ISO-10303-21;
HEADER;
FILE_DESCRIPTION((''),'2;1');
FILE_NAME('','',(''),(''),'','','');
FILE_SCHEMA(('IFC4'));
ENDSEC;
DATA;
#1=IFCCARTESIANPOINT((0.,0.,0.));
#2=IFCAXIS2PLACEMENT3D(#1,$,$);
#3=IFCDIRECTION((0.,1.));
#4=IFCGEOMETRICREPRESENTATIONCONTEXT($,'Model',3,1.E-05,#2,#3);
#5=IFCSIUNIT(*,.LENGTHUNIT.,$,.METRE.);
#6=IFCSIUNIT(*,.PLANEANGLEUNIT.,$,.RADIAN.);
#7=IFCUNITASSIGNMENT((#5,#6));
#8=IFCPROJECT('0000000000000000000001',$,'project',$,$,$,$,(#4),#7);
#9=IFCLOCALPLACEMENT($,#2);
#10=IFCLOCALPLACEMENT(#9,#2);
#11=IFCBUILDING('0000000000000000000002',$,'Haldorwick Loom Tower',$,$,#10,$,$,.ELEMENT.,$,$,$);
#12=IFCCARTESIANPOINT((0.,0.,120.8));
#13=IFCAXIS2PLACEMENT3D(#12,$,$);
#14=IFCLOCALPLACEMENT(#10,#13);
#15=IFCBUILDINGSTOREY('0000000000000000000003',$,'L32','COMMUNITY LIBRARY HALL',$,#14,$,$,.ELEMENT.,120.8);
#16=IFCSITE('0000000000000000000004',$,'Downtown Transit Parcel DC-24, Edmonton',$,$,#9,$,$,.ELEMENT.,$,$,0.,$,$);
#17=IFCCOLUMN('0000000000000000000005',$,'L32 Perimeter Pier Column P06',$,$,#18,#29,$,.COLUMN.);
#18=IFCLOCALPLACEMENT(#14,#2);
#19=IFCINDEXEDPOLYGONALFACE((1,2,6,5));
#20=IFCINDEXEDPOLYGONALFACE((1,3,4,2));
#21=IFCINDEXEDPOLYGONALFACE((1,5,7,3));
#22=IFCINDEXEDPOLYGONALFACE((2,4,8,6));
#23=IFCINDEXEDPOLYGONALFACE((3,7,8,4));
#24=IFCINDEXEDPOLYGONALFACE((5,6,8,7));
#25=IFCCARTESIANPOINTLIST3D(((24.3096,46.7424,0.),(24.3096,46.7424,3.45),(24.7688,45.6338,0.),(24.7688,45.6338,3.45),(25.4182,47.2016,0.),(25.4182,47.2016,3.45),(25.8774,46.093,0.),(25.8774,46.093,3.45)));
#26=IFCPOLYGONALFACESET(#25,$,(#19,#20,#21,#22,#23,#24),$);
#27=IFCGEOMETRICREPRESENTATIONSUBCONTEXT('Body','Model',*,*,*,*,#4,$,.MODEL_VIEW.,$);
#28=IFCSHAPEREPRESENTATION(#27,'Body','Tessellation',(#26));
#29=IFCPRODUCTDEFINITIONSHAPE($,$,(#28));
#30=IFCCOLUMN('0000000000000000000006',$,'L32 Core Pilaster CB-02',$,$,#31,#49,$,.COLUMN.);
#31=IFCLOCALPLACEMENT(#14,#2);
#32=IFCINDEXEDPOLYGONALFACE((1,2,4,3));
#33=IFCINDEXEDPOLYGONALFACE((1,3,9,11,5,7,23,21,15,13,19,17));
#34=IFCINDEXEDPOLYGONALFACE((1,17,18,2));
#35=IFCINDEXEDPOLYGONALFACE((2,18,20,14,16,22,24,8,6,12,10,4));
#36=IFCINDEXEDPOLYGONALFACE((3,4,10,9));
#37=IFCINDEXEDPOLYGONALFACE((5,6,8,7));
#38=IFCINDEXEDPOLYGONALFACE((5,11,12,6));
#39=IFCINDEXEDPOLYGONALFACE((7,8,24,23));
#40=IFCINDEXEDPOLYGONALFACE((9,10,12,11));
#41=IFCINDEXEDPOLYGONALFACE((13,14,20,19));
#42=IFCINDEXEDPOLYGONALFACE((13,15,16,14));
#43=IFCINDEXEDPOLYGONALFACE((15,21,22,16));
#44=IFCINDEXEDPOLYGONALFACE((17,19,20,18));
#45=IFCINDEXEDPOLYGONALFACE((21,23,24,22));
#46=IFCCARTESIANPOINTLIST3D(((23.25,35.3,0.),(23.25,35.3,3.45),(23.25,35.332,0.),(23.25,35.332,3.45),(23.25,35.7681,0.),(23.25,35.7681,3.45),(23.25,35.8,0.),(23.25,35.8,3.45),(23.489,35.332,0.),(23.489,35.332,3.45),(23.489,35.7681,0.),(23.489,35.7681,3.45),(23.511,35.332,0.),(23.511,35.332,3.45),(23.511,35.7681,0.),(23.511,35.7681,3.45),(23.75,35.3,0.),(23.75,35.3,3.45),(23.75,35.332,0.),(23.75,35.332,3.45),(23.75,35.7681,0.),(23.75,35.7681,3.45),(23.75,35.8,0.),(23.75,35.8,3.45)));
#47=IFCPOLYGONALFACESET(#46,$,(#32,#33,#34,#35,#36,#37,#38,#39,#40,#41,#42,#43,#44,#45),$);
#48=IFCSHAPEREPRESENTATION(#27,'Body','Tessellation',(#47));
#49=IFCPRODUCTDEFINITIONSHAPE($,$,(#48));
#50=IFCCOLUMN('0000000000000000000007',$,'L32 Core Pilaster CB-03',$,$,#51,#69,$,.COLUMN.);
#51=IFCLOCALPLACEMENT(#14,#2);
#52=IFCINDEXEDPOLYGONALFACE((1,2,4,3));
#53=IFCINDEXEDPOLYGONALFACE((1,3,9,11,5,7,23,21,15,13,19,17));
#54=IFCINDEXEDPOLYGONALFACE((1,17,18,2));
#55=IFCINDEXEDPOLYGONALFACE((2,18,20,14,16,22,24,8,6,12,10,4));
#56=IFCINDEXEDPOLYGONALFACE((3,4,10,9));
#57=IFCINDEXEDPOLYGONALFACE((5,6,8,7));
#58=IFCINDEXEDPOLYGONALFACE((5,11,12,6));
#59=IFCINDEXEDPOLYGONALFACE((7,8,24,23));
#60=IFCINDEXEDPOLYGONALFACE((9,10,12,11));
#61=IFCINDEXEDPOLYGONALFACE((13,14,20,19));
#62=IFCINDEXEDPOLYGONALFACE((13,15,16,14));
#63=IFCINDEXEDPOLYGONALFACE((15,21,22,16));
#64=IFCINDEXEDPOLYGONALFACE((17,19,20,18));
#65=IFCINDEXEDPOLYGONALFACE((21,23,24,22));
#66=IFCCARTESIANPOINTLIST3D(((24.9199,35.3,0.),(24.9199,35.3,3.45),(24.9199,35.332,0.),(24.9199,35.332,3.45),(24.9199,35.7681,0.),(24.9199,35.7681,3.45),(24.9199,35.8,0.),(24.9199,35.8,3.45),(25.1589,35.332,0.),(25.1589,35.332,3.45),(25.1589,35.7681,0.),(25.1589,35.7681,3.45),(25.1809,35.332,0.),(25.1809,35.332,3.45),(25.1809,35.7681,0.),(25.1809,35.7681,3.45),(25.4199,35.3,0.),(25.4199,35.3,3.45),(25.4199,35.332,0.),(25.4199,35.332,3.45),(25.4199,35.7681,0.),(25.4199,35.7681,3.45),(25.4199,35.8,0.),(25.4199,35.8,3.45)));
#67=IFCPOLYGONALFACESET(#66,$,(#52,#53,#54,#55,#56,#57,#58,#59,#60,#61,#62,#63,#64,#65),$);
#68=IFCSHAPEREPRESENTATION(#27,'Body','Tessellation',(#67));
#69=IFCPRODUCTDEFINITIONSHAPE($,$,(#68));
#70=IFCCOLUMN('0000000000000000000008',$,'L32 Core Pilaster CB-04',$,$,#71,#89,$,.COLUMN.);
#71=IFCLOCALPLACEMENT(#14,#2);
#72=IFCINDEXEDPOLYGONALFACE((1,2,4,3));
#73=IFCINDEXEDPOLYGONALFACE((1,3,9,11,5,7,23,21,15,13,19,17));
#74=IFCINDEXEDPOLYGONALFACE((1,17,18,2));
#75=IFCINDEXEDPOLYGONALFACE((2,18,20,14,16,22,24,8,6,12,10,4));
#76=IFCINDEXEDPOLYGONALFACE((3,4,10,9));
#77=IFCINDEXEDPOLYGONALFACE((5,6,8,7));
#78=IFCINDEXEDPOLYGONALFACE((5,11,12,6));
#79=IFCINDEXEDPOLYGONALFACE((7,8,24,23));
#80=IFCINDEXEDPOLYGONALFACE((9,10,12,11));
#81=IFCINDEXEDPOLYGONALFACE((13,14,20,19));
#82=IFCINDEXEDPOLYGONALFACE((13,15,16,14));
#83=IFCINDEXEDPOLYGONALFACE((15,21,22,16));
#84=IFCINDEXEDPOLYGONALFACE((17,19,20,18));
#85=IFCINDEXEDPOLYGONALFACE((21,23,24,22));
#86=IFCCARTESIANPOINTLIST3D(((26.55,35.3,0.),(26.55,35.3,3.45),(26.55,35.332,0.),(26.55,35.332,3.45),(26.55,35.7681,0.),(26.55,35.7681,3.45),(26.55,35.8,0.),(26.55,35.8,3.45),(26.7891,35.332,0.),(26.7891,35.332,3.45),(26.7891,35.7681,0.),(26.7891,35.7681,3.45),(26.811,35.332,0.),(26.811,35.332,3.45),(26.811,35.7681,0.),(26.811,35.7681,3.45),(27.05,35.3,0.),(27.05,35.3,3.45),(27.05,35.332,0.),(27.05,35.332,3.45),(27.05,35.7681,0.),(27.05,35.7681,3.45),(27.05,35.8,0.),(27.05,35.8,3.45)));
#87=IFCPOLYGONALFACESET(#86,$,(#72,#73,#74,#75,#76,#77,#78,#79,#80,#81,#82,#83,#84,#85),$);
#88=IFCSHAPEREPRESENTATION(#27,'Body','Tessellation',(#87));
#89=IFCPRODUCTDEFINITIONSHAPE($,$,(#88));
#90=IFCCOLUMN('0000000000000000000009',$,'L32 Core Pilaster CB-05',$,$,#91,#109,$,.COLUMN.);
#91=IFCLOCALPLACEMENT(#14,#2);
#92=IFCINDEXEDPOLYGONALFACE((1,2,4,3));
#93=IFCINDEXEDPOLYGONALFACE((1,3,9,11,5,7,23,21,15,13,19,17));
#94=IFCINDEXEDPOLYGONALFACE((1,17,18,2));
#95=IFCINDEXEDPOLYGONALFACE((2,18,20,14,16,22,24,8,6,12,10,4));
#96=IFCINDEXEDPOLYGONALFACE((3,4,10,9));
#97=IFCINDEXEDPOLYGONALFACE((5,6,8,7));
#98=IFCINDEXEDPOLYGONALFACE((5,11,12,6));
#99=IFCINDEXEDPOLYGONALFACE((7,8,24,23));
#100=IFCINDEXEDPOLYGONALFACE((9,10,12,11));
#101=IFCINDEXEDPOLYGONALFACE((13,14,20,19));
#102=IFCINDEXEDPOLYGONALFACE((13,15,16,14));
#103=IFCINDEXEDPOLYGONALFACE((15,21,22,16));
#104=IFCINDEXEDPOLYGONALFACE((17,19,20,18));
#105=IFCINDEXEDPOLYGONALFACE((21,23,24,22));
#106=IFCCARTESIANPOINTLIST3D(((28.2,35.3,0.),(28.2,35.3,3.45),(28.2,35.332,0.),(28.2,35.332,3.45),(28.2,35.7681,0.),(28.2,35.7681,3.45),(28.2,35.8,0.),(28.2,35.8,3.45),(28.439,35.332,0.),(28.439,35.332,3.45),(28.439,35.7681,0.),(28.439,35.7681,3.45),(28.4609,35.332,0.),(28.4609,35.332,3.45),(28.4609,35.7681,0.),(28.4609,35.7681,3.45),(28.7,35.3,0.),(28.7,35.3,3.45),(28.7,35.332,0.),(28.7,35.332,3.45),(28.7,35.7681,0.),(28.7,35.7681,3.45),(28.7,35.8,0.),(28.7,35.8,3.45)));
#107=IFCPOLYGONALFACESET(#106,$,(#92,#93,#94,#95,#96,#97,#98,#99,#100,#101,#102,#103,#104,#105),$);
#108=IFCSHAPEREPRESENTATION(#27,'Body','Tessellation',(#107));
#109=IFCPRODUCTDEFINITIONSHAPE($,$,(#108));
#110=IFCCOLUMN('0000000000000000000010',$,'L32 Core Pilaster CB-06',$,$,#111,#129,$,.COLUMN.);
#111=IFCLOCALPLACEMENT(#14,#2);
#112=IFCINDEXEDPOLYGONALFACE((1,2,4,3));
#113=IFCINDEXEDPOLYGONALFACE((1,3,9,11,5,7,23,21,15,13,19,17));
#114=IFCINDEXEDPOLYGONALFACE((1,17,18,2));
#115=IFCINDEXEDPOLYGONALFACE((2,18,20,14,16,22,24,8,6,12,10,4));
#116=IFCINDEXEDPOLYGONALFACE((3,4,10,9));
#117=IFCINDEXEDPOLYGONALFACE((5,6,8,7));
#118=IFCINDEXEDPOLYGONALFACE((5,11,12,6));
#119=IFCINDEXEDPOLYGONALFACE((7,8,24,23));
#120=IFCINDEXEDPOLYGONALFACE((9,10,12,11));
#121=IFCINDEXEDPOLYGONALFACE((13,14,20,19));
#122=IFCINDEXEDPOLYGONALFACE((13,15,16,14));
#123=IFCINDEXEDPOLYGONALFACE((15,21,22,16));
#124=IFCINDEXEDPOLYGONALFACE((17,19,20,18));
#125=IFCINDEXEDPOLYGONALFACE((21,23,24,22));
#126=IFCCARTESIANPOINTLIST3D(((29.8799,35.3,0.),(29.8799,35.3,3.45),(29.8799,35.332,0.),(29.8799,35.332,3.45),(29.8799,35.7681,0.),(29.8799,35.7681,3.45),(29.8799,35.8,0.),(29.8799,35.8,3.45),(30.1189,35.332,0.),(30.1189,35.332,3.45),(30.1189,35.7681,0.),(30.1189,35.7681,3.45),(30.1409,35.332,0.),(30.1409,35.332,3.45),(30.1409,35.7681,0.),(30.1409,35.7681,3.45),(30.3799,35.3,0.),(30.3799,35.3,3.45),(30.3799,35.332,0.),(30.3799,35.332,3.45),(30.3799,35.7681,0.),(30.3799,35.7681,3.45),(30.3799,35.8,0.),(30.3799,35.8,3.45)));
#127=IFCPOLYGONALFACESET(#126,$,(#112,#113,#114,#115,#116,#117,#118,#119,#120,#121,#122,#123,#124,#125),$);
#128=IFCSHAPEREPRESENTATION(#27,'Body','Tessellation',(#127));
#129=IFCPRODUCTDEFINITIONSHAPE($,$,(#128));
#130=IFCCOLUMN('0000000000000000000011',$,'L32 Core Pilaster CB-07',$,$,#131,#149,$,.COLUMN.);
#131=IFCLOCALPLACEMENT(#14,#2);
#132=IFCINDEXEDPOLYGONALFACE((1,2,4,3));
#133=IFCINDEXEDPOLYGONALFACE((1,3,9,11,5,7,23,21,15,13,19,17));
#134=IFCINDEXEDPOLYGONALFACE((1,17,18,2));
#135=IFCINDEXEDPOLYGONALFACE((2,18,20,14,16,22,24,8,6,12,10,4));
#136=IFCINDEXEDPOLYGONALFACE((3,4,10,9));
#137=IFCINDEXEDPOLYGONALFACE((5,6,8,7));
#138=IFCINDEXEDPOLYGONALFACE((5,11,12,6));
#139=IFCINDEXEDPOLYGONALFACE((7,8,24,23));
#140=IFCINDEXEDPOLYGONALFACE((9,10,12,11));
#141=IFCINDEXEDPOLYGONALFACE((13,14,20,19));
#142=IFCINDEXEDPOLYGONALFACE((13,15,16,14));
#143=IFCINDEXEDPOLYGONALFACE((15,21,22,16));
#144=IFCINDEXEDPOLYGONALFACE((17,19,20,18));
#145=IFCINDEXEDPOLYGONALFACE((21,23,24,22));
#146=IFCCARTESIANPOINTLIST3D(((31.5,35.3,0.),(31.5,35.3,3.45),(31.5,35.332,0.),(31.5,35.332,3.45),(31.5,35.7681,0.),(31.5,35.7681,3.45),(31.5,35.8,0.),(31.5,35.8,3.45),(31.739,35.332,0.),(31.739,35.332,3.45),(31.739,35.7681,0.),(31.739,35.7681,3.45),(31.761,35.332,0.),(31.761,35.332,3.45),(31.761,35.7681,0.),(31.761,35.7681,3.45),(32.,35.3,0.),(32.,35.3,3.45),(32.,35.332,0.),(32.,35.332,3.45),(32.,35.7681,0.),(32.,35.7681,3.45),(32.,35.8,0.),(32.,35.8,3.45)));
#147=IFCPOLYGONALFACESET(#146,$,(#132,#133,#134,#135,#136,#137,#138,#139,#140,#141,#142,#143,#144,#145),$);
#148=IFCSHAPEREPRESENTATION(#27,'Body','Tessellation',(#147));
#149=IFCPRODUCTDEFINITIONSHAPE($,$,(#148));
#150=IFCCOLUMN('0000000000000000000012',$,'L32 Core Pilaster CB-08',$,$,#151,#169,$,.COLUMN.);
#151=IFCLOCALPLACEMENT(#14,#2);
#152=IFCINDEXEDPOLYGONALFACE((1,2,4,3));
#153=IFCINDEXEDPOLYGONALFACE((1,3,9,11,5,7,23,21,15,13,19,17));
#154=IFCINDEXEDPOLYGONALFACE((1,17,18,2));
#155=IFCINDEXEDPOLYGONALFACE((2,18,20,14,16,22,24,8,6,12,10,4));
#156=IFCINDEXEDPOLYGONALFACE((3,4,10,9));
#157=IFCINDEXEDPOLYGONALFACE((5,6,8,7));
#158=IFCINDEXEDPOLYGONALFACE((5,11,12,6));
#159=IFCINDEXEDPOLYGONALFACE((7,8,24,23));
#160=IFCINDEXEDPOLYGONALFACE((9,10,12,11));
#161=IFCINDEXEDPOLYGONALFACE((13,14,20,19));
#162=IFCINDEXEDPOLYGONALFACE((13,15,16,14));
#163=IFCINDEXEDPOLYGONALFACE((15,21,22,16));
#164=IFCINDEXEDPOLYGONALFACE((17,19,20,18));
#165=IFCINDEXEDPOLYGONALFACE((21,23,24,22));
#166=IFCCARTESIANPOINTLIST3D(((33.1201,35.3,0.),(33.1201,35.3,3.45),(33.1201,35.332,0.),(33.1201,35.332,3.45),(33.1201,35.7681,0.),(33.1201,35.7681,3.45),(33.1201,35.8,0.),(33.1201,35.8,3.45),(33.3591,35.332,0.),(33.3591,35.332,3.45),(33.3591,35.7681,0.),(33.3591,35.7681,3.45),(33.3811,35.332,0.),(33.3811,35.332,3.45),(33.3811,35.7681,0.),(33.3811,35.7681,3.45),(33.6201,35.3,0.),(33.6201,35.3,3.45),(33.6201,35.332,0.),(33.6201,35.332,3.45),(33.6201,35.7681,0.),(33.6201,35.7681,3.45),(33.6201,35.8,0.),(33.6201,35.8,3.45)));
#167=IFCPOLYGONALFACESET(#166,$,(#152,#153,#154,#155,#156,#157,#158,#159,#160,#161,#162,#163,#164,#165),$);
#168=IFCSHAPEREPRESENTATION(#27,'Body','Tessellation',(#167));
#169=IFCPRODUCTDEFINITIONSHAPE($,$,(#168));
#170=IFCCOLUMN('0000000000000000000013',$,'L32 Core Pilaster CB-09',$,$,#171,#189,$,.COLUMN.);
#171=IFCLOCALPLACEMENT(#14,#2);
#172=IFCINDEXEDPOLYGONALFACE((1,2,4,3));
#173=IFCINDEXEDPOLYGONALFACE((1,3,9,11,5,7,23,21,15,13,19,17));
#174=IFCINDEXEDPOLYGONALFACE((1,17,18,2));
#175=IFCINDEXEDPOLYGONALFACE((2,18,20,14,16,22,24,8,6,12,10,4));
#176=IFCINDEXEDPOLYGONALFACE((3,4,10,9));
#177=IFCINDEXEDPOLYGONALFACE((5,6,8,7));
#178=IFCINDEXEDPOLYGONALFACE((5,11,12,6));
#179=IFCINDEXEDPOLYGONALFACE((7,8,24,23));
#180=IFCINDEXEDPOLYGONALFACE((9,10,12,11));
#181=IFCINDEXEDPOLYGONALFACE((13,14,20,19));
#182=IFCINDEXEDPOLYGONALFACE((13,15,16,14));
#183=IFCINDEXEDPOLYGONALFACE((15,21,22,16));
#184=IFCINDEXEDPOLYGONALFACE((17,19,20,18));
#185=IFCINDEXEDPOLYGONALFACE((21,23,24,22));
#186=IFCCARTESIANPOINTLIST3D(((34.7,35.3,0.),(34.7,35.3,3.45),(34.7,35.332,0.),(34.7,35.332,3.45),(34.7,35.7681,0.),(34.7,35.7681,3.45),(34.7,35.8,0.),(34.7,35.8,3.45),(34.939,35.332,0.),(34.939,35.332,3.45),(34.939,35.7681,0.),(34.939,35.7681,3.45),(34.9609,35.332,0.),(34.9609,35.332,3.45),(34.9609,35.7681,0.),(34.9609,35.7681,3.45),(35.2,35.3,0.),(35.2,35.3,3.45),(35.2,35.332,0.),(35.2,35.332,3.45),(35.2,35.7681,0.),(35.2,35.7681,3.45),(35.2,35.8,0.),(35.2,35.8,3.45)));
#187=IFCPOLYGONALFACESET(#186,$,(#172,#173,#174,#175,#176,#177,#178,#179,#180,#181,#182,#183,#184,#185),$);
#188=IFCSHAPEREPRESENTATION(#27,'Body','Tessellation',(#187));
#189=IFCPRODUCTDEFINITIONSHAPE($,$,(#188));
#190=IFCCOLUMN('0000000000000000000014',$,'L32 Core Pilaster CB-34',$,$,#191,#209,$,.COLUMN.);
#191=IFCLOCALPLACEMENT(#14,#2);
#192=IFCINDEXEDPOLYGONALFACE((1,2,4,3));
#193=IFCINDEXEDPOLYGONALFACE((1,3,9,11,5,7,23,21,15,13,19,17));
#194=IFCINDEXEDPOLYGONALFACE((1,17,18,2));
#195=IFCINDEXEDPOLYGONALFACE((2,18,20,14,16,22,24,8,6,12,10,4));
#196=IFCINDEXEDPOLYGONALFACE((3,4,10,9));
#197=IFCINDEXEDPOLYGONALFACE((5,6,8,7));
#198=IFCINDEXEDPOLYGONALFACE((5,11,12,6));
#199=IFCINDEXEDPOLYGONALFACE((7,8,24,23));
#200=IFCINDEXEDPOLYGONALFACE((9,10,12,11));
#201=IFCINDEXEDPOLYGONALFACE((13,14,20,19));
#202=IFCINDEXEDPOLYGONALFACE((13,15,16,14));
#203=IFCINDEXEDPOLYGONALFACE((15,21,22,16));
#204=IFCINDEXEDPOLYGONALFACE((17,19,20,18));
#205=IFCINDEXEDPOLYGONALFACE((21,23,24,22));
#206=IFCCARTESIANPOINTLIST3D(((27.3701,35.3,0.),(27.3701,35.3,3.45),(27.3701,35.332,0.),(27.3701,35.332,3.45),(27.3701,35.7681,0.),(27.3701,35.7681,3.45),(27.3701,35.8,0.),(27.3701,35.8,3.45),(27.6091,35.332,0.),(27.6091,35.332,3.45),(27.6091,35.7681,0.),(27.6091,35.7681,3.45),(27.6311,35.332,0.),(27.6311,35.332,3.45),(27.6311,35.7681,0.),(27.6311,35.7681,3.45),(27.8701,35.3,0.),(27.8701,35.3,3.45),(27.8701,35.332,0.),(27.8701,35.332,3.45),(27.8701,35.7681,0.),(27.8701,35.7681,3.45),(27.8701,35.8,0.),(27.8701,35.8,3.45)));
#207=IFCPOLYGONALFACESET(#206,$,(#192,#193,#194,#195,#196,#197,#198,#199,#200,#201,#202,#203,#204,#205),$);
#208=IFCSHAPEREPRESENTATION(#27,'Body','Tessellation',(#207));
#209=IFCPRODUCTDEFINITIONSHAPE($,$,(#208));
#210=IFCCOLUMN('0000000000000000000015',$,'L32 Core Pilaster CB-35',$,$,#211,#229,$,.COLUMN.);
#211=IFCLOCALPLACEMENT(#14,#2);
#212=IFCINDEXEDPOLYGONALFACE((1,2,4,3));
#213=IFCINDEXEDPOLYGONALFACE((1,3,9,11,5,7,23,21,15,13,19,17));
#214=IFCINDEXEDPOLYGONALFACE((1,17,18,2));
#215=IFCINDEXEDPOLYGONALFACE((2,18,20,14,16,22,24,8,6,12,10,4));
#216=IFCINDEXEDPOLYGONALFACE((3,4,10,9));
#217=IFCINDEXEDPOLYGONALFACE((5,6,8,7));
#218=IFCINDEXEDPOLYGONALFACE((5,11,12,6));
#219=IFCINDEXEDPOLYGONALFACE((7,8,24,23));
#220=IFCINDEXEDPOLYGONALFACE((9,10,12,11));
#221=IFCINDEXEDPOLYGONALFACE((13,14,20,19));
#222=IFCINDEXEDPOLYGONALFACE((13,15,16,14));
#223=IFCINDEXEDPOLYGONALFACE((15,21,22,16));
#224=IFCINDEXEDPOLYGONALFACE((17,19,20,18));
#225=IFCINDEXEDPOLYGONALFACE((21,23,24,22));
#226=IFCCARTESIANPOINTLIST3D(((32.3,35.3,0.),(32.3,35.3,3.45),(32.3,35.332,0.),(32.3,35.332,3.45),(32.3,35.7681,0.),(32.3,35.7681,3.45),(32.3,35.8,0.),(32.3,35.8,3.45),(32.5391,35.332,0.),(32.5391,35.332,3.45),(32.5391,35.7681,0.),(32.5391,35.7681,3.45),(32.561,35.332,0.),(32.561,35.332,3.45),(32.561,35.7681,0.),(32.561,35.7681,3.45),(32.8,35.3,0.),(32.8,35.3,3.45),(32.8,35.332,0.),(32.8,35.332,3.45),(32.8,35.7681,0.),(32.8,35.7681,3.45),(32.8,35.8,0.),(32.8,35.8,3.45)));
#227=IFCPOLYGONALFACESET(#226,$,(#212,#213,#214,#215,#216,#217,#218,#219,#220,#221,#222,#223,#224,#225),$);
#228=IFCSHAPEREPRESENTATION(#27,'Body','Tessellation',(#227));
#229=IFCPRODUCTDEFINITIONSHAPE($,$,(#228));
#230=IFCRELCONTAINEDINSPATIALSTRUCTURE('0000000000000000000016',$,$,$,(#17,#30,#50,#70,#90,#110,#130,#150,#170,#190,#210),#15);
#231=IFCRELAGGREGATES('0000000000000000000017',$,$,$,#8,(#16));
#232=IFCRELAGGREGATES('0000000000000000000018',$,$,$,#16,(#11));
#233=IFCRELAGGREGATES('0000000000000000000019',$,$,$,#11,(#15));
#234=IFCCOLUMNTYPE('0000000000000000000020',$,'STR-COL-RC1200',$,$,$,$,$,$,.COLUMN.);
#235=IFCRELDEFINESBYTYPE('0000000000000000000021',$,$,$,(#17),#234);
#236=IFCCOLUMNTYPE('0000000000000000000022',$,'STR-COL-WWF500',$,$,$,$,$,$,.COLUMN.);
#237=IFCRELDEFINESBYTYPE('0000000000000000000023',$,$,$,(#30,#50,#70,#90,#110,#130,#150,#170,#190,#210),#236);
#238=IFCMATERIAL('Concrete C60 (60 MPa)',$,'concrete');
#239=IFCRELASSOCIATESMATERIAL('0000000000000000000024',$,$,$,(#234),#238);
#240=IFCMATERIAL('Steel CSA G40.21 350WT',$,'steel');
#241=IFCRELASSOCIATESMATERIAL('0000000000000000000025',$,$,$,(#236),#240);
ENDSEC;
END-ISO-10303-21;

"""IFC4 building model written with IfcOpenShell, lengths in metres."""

from ifc_helpers import new_model, si_unit, direction, frame, origin, origin_2d, place, context, subcontext, project, spatial, rectangle, i_section, extrude, material, material_profile, profile_set, type_object, element, save


model = new_model("IFC4")

# Units and contexts
model_context = context("Model", 3, precision=1e-05, world=origin(), true_north=direction((0.0, 1.0)))
body_context = subcontext(model_context, "Body", "Model", "MODEL_VIEW")
ifc_project = project(units=[si_unit("LENGTHUNIT", "METRE"), si_unit("PLANEANGLEUNIT", "RADIAN")], contexts=[model_context])

# Site, building, storey
site_placement = place(None, origin())
site = spatial("IfcSite", under=ifc_project, at=site_placement, Name="Downtown Transit Parcel DC-24, Edmonton", CompositionType="ELEMENT", RefElevation=0.0)
building_placement = place(site_placement, origin())
building = spatial("IfcBuilding", under=site, at=building_placement, Name="Haldorwick Loom Tower", CompositionType="ELEMENT")
storey_placement = place(building_placement, frame((0.0, 0.0, 120.8)))
storey = spatial("IfcBuildingStorey", under=building, at=storey_placement, Name="L32", Description="COMMUNITY LIBRARY HALL", CompositionType="ELEMENT", Elevation=120.8)

# Columns
ifc_material_1 = material(Name="Concrete C60 (60 MPa)", Category="concrete")
ifc_material_profile_1 = material_profile(ifc_material_1, rectangle(XDim=1.2, YDim=1.2, at=origin_2d()), Name="RC1200X1200", Category="concrete")
ifc_profile_set_1 = profile_set([ifc_material_profile_1], Name="Concrete C60 (60 MPa)")
column_type_1 = type_object("IfcColumnType", Name="STR-COL-RC1200", PredefinedType="COLUMN", material=ifc_profile_set_1)
column_placement = place(storey_placement, frame((25.0935, 46.4177, 0.0), z_axis=(0.0, 0.0, 1.0), x_axis=(-0.382683, 0.92388, 0.0)))
element("IfcColumn", 1, at=column_placement, inside=storey, type_object=column_type_1, Name="L32 Perimeter Pier Column P06", PredefinedType="COLUMN", context=body_context, shape_type="SweptSolid", body=[
    extrude(rectangle(XDim=1.2, YDim=1.2, at=origin_2d()), origin(), (0.0, 0.0, 1.0), 3.45),
])
ifc_material_2 = material(Name="Steel CSA G40.21 350WT", Category="steel")
ifc_material_profile_2 = material_profile(ifc_material_2, i_section(OverallWidth=0.5, OverallDepth=0.5, WebThickness=0.022, FlangeThickness=0.032, at=origin_2d()), Name="WWF500X500", Category="steel")
ifc_profile_set_2 = profile_set([ifc_material_profile_2], Name="Steel CSA G40.21 350WT")
column_type_2 = type_object("IfcColumnType", Name="STR-COL-WWF500", PredefinedType="COLUMN", material=ifc_profile_set_2)
for number, where, z_axis, x_axis, name in (
    (2, (23.5, 35.55, 0.0), (0.0, 0.0, 1.0), (1.0, 0.0, 0.0), "L32 Core Pilaster CB-02"),
    (3, (25.1699, 35.55, 0.0), (0.0, 0.0, 1.0), (1.0, 0.0, 0.0), "L32 Core Pilaster CB-03"),
    (4, (26.8, 35.55, 0.0), (0.0, 0.0, 1.0), (1.0, 0.0, 0.0), "L32 Core Pilaster CB-04"),
    (5, (28.45, 35.55, 0.0), (0.0, 0.0, 1.0), (1.0, 0.0, 0.0), "L32 Core Pilaster CB-05"),
    (6, (30.1299, 35.55, 0.0), (0.0, 0.0, 1.0), (1.0, 0.0, 0.0), "L32 Core Pilaster CB-06"),
    (7, (31.75, 35.55, 0.0), (0.0, 0.0, 1.0), (1.0, 0.0, 0.0), "L32 Core Pilaster CB-07"),
    (8, (33.3701, 35.55, 0.0), (0.0, 0.0, 1.0), (1.0, 0.0, 0.0), "L32 Core Pilaster CB-08"),
    (9, (34.95, 35.55, 0.0), (0.0, 0.0, 1.0), (1.0, 0.0, 0.0), "L32 Core Pilaster CB-09"),
    (10, (27.6201, 35.55, 0.0), (0.0, 0.0, 1.0), (1.0, 0.0, 0.0), "L32 Core Pilaster CB-34"),
    (11, (32.55, 35.55, 0.0), (0.0, 0.0, 1.0), (1.0, 0.0, 0.0), "L32 Core Pilaster CB-35"),
):
    element("IfcColumn", number, at=place(storey_placement, frame(where, z_axis=z_axis, x_axis=x_axis)), inside=storey, type_object=column_type_2, Name=name, PredefinedType="COLUMN", context=body_context, shape_type="SweptSolid", body=[
        extrude(i_section(OverallWidth=0.5, OverallDepth=0.5, WebThickness=0.022, FlangeThickness=0.032, at=origin_2d()), origin(), (0.0, 0.0, 1.0), 3.45),
    ])

save(model, "model.ifc")
